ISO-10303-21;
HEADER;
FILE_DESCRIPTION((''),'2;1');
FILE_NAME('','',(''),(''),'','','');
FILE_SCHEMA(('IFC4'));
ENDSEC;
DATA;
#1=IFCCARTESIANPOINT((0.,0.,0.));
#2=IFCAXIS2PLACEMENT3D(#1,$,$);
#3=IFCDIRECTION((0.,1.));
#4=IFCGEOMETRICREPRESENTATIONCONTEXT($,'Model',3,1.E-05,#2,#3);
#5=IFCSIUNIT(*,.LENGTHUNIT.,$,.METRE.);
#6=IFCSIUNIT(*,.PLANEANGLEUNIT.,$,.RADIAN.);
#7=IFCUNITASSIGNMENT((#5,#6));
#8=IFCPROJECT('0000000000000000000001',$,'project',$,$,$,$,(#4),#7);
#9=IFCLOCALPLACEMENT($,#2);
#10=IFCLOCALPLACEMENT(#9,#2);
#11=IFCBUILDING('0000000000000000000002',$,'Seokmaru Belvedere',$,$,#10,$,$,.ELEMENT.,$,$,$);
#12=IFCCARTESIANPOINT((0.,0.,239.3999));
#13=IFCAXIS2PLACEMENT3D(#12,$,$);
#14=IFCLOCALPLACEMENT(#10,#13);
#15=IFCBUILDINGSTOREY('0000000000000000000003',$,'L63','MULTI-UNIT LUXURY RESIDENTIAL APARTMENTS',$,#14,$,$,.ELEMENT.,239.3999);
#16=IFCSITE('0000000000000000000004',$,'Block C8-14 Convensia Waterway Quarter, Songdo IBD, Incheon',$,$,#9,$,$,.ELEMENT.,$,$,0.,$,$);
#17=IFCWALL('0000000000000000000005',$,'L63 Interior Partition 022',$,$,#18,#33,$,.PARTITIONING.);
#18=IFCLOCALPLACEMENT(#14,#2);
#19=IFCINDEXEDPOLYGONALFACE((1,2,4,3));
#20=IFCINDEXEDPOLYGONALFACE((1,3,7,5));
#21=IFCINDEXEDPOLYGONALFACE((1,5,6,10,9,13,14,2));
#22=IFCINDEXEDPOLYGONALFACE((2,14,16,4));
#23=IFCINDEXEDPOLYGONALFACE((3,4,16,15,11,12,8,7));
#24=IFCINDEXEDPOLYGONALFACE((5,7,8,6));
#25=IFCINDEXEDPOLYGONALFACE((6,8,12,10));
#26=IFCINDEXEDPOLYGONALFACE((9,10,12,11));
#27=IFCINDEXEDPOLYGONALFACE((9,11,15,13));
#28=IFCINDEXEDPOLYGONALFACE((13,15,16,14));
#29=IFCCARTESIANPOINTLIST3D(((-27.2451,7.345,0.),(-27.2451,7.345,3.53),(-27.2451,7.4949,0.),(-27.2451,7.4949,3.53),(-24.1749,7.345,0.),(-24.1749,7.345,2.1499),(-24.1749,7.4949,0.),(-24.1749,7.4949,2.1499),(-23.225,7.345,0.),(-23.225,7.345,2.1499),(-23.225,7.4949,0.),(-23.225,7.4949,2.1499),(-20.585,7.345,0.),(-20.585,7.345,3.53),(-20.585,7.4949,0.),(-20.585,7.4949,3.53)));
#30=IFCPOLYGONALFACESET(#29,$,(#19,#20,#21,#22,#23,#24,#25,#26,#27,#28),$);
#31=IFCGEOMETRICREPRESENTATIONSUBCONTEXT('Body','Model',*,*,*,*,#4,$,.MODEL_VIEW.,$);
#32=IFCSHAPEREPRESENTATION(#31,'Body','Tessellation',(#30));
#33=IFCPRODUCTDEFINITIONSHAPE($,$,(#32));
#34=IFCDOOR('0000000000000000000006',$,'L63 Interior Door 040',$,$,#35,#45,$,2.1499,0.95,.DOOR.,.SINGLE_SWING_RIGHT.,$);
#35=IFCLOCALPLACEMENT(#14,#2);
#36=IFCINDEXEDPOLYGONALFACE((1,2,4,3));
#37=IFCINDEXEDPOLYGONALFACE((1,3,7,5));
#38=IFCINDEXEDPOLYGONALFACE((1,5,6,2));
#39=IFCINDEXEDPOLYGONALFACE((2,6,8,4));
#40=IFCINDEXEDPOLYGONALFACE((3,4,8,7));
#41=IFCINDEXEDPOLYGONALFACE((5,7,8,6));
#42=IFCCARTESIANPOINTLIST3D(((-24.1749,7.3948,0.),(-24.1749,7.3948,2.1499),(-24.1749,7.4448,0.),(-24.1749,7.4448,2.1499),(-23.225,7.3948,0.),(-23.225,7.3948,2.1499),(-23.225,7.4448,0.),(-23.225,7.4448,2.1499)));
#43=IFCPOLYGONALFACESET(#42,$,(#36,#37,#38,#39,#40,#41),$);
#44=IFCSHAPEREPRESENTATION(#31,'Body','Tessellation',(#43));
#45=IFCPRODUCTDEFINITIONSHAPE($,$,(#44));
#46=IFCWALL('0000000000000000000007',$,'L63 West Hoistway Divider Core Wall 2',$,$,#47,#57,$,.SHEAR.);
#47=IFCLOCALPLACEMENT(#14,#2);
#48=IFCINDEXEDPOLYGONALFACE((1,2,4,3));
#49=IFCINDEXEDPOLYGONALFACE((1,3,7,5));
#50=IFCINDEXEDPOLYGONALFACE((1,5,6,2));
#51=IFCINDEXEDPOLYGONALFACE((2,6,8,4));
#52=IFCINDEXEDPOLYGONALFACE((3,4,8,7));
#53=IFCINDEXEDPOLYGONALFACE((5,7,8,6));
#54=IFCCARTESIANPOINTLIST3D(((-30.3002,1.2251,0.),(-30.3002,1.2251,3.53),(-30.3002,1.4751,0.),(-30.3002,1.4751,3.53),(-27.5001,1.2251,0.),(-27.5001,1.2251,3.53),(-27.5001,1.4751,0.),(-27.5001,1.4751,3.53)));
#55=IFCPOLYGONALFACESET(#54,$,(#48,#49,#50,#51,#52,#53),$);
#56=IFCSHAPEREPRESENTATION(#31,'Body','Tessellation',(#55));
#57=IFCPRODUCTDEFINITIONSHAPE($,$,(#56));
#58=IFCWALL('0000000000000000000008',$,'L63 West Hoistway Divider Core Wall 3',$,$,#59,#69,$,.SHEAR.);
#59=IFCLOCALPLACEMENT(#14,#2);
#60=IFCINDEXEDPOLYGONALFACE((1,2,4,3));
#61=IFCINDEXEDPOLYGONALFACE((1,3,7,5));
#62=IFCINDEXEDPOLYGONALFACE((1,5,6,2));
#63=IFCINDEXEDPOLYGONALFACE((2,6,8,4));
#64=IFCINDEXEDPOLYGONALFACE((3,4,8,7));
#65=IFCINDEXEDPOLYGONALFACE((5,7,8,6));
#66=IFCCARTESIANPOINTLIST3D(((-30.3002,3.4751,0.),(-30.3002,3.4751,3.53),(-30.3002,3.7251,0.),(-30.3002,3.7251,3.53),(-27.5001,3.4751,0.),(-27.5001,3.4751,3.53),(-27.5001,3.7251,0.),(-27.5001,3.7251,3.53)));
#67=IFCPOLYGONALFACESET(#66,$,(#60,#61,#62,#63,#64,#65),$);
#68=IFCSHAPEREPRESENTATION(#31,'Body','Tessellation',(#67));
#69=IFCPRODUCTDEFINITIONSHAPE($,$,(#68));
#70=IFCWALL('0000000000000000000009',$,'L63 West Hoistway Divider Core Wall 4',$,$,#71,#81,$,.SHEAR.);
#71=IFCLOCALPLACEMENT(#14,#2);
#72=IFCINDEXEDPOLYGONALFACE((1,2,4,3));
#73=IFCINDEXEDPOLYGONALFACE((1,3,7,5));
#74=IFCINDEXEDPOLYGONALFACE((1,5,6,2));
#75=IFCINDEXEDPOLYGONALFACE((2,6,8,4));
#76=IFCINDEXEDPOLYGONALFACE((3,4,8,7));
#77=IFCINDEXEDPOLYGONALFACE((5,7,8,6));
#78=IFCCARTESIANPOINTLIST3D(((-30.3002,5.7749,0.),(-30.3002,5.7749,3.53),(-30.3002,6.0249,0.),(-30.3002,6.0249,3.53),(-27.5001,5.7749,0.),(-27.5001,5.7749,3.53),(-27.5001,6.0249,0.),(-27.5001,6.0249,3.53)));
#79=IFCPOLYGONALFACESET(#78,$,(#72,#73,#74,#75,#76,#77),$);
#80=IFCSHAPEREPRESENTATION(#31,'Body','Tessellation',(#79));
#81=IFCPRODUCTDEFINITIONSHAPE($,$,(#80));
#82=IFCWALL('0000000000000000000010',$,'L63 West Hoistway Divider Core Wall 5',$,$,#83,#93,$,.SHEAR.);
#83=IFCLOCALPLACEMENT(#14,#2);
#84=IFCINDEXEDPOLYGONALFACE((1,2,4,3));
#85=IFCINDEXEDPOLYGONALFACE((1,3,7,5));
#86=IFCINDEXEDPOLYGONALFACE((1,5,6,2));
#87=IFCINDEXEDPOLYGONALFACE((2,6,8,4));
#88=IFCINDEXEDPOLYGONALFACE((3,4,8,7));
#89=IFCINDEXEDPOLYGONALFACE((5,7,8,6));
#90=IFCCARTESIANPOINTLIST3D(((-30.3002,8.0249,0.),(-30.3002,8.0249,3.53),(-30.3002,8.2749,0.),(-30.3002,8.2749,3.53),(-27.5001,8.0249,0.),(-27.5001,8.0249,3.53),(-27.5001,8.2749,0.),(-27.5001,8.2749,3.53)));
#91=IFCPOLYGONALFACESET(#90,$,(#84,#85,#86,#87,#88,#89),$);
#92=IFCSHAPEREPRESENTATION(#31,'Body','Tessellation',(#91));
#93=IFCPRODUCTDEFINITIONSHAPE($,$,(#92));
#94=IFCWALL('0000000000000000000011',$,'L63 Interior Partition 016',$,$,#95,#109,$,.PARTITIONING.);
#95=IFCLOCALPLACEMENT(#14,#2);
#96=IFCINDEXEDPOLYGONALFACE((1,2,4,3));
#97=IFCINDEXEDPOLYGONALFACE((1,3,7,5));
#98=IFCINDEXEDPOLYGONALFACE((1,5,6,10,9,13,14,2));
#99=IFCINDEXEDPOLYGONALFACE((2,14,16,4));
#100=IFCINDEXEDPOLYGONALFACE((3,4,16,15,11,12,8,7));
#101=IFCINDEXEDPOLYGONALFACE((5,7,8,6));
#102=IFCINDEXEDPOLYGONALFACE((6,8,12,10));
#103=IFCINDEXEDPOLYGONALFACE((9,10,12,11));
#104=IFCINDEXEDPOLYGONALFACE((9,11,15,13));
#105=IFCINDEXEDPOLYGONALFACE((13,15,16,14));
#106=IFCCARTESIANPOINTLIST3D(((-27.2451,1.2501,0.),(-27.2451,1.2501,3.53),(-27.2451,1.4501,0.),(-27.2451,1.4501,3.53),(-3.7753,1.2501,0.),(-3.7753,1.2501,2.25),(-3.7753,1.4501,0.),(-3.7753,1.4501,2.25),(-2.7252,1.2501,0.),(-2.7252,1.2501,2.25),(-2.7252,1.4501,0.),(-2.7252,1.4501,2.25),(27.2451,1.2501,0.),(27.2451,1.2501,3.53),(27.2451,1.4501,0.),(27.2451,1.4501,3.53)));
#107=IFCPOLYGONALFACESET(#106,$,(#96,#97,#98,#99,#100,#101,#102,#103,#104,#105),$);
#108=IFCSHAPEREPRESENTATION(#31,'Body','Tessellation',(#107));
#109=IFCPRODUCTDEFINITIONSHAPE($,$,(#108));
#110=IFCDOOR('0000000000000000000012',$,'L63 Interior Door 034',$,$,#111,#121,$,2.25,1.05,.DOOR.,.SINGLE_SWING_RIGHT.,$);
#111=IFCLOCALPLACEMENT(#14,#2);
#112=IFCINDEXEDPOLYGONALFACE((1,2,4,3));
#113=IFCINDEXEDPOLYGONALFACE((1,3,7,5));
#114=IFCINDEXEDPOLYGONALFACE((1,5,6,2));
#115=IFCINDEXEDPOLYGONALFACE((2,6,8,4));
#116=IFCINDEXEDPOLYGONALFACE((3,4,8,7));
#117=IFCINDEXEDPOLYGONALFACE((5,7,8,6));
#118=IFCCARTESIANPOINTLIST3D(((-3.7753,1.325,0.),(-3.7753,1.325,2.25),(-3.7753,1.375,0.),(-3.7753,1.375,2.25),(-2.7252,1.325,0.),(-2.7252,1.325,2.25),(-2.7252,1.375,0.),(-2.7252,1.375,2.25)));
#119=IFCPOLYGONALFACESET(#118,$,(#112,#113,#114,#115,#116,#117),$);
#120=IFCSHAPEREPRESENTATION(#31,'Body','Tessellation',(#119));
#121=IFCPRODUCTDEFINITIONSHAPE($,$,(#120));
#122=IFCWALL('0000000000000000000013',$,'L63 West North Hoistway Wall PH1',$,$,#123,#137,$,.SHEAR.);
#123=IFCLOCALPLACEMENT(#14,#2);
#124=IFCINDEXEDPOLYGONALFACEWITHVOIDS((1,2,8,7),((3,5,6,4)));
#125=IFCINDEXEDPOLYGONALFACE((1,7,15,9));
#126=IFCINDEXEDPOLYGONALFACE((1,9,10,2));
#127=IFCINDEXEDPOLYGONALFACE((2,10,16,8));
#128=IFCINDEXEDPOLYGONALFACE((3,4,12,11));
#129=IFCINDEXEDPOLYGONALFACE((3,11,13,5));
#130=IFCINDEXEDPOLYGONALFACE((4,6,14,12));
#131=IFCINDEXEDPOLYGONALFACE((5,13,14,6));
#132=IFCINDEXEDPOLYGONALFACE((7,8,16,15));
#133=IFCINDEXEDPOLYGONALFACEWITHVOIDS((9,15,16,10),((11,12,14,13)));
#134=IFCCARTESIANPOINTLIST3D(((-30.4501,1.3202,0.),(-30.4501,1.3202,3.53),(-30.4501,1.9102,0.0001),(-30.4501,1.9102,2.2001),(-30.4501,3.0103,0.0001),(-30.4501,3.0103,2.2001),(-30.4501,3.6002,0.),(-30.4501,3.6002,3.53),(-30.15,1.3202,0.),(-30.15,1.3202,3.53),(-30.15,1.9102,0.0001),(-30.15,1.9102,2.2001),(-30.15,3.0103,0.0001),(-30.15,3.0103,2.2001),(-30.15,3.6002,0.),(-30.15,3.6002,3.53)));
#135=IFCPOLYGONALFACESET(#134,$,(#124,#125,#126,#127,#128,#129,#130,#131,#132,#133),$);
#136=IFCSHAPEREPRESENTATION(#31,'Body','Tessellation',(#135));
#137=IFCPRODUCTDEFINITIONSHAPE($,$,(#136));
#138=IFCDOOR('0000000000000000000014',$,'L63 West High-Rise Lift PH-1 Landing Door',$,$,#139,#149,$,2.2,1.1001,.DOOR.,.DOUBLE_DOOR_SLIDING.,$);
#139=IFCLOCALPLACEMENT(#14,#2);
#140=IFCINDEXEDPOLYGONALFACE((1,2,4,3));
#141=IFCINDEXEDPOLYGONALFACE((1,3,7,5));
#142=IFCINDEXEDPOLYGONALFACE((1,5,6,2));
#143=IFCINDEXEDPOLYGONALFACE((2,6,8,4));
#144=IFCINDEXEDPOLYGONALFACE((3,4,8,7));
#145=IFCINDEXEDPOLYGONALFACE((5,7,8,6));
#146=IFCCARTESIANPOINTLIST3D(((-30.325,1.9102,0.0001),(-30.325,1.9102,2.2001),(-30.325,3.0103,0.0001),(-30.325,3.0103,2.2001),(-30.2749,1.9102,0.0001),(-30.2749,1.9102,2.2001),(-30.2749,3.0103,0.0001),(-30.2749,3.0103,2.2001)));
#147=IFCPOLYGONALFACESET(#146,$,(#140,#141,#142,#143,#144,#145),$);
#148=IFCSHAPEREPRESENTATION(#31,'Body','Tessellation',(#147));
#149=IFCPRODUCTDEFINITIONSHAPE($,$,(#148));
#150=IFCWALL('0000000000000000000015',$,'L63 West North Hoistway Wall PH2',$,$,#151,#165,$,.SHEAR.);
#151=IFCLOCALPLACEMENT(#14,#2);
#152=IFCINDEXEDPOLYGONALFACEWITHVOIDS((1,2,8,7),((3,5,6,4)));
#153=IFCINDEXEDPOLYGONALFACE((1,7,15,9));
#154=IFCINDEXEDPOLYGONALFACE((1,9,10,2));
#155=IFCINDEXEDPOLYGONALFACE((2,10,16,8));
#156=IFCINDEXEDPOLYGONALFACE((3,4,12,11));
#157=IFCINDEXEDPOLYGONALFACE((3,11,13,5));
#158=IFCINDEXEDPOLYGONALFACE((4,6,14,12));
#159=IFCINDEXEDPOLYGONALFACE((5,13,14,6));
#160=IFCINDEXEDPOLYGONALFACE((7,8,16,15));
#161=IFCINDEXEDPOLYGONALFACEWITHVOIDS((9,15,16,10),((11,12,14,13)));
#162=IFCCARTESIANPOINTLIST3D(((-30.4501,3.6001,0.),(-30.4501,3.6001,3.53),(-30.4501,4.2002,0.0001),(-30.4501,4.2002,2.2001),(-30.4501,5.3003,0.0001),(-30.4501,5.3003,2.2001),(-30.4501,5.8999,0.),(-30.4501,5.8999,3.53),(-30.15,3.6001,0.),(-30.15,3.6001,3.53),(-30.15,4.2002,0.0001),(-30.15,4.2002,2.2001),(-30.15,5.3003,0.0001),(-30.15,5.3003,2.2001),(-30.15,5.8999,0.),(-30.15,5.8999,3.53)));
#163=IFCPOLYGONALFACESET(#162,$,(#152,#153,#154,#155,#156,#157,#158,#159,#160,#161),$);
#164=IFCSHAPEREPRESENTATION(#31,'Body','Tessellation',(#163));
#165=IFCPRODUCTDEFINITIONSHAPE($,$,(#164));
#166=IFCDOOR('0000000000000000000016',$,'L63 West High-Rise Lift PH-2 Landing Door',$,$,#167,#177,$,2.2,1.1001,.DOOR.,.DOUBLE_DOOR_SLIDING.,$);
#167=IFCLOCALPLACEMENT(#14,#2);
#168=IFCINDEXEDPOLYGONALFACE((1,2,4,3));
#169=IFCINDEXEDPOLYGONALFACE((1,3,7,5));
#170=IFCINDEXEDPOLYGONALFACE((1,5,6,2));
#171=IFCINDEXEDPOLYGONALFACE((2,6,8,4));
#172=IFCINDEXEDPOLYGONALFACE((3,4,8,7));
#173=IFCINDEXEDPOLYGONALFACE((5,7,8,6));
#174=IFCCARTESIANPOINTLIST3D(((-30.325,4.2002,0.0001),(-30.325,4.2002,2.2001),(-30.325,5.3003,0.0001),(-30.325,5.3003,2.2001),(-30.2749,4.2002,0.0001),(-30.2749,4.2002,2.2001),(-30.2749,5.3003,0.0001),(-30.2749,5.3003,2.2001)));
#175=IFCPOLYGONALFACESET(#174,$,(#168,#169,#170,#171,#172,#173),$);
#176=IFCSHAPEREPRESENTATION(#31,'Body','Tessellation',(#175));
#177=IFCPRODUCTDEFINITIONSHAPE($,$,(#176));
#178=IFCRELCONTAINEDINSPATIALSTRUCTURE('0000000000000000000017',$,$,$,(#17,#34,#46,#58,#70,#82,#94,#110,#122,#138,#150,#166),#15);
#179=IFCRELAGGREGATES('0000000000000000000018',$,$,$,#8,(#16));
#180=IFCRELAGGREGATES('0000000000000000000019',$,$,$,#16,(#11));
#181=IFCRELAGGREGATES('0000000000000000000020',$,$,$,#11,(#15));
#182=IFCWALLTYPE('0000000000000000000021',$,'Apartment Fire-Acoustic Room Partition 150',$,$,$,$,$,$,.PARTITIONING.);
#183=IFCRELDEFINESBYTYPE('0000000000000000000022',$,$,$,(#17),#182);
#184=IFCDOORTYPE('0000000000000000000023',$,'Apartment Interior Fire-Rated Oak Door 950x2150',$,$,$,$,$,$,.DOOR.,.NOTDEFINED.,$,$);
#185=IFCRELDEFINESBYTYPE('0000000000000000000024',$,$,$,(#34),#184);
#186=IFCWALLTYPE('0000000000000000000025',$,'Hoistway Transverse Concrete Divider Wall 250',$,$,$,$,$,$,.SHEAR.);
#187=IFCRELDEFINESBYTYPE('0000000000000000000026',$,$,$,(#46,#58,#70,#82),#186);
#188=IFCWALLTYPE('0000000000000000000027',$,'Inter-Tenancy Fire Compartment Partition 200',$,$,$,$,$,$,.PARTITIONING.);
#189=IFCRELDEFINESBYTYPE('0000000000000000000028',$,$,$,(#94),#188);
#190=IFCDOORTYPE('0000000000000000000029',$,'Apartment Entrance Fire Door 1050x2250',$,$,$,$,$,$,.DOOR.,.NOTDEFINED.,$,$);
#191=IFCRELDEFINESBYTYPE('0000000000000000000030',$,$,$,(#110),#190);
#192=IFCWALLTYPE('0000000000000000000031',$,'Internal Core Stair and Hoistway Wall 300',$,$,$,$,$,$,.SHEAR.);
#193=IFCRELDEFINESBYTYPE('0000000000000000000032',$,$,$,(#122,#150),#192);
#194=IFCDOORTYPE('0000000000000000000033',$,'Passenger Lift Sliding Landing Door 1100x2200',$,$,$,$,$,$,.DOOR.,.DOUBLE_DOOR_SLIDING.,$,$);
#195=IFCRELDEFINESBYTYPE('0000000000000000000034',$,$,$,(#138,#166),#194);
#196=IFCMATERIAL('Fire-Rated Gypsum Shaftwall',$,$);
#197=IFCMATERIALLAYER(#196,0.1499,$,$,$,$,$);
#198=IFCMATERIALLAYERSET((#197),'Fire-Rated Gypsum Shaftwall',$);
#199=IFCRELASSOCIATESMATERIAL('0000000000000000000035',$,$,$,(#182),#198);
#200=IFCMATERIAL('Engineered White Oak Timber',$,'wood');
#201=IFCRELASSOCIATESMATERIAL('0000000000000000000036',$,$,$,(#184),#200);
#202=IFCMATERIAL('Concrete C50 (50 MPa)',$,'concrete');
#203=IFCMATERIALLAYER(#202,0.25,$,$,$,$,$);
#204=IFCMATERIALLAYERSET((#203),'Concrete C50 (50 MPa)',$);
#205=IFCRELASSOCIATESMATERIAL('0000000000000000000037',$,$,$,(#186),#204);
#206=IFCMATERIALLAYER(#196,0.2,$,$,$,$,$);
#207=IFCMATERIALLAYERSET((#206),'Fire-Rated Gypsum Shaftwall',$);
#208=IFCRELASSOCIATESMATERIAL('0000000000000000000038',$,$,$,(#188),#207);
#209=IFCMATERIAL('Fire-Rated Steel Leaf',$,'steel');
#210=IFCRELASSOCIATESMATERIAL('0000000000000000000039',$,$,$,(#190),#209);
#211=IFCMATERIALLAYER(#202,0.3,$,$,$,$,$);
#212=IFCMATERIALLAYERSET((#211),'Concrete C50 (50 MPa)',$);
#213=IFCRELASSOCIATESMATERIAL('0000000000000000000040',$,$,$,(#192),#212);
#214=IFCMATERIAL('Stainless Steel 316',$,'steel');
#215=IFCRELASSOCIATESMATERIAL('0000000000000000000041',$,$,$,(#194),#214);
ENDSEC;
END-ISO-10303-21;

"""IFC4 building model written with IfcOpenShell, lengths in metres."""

from ifc_helpers import new_model, si_unit, direction, frame, frame_2d, origin, place, context, subcontext, project, spatial, rectangle, extrude, source, transform, mapped, material, layer, layer_set, type_object, type_shapes, element, fill, save


model = new_model("IFC4")

# Units and contexts
model_context = context("Model", 3, precision=1e-05, world=origin(), true_north=direction((0.0, 1.0)))
body_context = subcontext(model_context, "Body", "Model", "MODEL_VIEW")
ifc_project = project(units=[si_unit("LENGTHUNIT", "METRE"), si_unit("PLANEANGLEUNIT", "RADIAN")], contexts=[model_context])

# Site, building, storey
site_placement = place(None, origin())
site = spatial("IfcSite", under=ifc_project, at=site_placement, Name="Block C8-14 Convensia Waterway Quarter, Songdo IBD, Incheon", CompositionType="ELEMENT", RefElevation=0.0)
building_placement = place(site_placement, origin())
building = spatial("IfcBuilding", under=site, at=building_placement, Name="Seokmaru Belvedere", CompositionType="ELEMENT")
storey_placement = place(building_placement, frame((0.0, 0.0, 239.3999)))
storey = spatial("IfcBuildingStorey", under=building, at=storey_placement, Name="L63", Description="MULTI-UNIT LUXURY RESIDENTIAL APARTMENTS", CompositionType="ELEMENT", Elevation=239.3999)

# Wall, opening, door
ifc_material_1 = material(Name="Fire-Rated Gypsum Shaftwall")
ifc_layer_1 = layer(ifc_material_1, 0.1499)
ifc_layer_set_1 = layer_set([ifc_layer_1], Name="Fire-Rated Gypsum Shaftwall")
wall_type_1 = type_object("IfcWallType", Name="Apartment Fire-Acoustic Room Partition 150", PredefinedType="PARTITIONING", material=ifc_layer_set_1)
wall_1_placement = place(storey_placement, frame((-27.2451, 7.4199, 0.0), z_axis=(0.0, 0.0, 1.0), x_axis=(1.0, 0.0, 0.0)))
wall_1 = element("IfcWall", 1, at=wall_1_placement, inside=storey, type_object=wall_type_1, Name="L63 Interior Partition 022", PredefinedType="PARTITIONING", context=body_context, shape_type="SweptSolid", body=[
    extrude(rectangle(XDim=6.6602, YDim=0.1499, at=frame_2d((3.3301, 0.0))), origin(), (0.0, 0.0, 1.0), 3.53),
])
opening_1_placement = place(wall_1_placement, frame((3.0701, 0.0, 0.0)))
opening_1 = element("IfcOpeningElement", 2, at=opening_1_placement, cuts=wall_1, PredefinedType="OPENING", context=body_context, shape_type="SweptSolid", body=[
    extrude(rectangle(XDim=0.95, YDim=2.1499, at=frame_2d((0.4751, 1.075))), frame((0.0, 0.085, 0.0), z_axis=(0.0, -1.0, 0.0), x_axis=(1.0, 0.0, 0.0)), (0.0, 0.0, 1.0), 0.1699),
])
ifc_material_2 = material(Name="Engineered White Oak Timber", Category="wood")
door_type_1 = type_object("IfcDoorType", Name="Apartment Interior Fire-Rated Oak Door 950x2150", OperationType="NOTDEFINED", PredefinedType="DOOR", material=ifc_material_2)
shared_shape_1 = source(origin(), body_context, "Body", "SweptSolid", [
    extrude(rectangle(XDim=0.95, YDim=2.1499, at=frame_2d((0.4751, 1.075))), frame((0.0, 0.0249, 0.0), z_axis=(0.0, -1.0, 0.0), x_axis=(1.0, 0.0, 0.0)), (0.0, 0.0, 1.0), 0.05),
])
type_shapes(door_type_1, [shared_shape_1])
door_1_placement = place(opening_1_placement, origin())
door_1 = element("IfcDoor", 3, at=door_1_placement, inside=storey, type_object=door_type_1, Name="L63 Interior Door 040", OperationType="SINGLE_SWING_RIGHT", OverallHeight=2.1499, OverallWidth=0.95, PredefinedType="DOOR", context=body_context, shape_type="MappedRepresentation", body=[
    mapped(shared_shape_1, transform((0.0, 0.0, 0.0), scale=1.0)),
])
fill(opening_1, door_1)

# Walls
ifc_material_3 = material(Name="Concrete C50 (50 MPa)", Category="concrete")
ifc_layer_2 = layer(ifc_material_3, 0.25)
ifc_layer_set_2 = layer_set([ifc_layer_2], Name="Concrete C50 (50 MPa)")
wall_type_2 = type_object("IfcWallType", Name="Hoistway Transverse Concrete Divider Wall 250", PredefinedType="SHEAR", material=ifc_layer_set_2)
for number, where, z_axis, x_axis, name in (
    (4, (-30.3, 1.3501, 0.0), (0.0, 0.0, 1.0), (1.0, 0.0, 0.0), "L63 West Hoistway Divider Core Wall 2"),
    (5, (-30.3, 3.6001, 0.0), (0.0, 0.0, 1.0), (1.0, 0.0, 0.0), "L63 West Hoistway Divider Core Wall 3"),
    (6, (-30.3, 5.8999, 0.0), (0.0, 0.0, 1.0), (1.0, 0.0, 0.0), "L63 West Hoistway Divider Core Wall 4"),
    (7, (-30.3, 8.1499, 0.0), (0.0, 0.0, 1.0), (1.0, 0.0, 0.0), "L63 West Hoistway Divider Core Wall 5"),
):
    element("IfcWall", number, at=place(storey_placement, frame(where, z_axis=z_axis, x_axis=x_axis)), inside=storey, type_object=wall_type_2, Name=name, PredefinedType="SHEAR", context=body_context, shape_type="SweptSolid", body=[
        extrude(rectangle(XDim=2.8, YDim=0.25, at=frame_2d((1.3999, 0.0))), origin(), (0.0, 0.0, 1.0), 3.53),
    ])

# Walls, openings, doors
ifc_layer_3 = layer(ifc_material_1, 0.2)
ifc_layer_set_3 = layer_set([ifc_layer_3], Name="Fire-Rated Gypsum Shaftwall")
wall_type_3 = type_object("IfcWallType", Name="Inter-Tenancy Fire Compartment Partition 200", PredefinedType="PARTITIONING", material=ifc_layer_set_3)
wall_2_placement = place(storey_placement, frame((-27.2451, 1.3501, 0.0), z_axis=(0.0, 0.0, 1.0), x_axis=(1.0, 0.0, 0.0)))
wall_2 = element("IfcWall", 8, at=wall_2_placement, inside=storey, type_object=wall_type_3, Name="L63 Interior Partition 016", PredefinedType="PARTITIONING", context=body_context, shape_type="SweptSolid", body=[
    extrude(rectangle(XDim=54.4902, YDim=0.2, at=frame_2d((27.2451, 0.0))), origin(), (0.0, 0.0, 1.0), 3.53),
])
opening_2_placement = place(wall_2_placement, frame((23.47, 0.0, 0.0)))
opening_2 = element("IfcOpeningElement", 9, at=opening_2_placement, cuts=wall_2, PredefinedType="OPENING", context=body_context, shape_type="SweptSolid", body=[
    extrude(rectangle(XDim=1.05, YDim=2.25, at=frame_2d((0.5249, 1.125))), frame((0.0, 0.1099, 0.0), z_axis=(0.0, -1.0, 0.0), x_axis=(1.0, 0.0, 0.0)), (0.0, 0.0, 1.0), 0.22),
])
ifc_material_4 = material(Name="Fire-Rated Steel Leaf", Category="steel")
door_type_2 = type_object("IfcDoorType", Name="Apartment Entrance Fire Door 1050x2250", OperationType="NOTDEFINED", PredefinedType="DOOR", material=ifc_material_4)
shared_shape_2 = source(origin(), body_context, "Body", "SweptSolid", [
    extrude(rectangle(XDim=1.05, YDim=2.25, at=frame_2d((0.5249, 1.125))), frame((0.0, 0.0249, 0.0), z_axis=(0.0, -1.0, 0.0), x_axis=(1.0, 0.0, 0.0)), (0.0, 0.0, 1.0), 0.05),
])
type_shapes(door_type_2, [shared_shape_2])
door_2_placement = place(opening_2_placement, origin())
door_2 = element("IfcDoor", 10, at=door_2_placement, inside=storey, type_object=door_type_2, Name="L63 Interior Door 034", OperationType="SINGLE_SWING_RIGHT", OverallHeight=2.25, OverallWidth=1.05, PredefinedType="DOOR", context=body_context, shape_type="MappedRepresentation", body=[
    mapped(shared_shape_2, transform((0.0, 0.0, 0.0), scale=1.0)),
])
fill(opening_2, door_2)
ifc_layer_4 = layer(ifc_material_3, 0.3)
ifc_layer_set_4 = layer_set([ifc_layer_4], Name="Concrete C50 (50 MPa)")
wall_type_4 = type_object("IfcWallType", Name="Internal Core Stair and Hoistway Wall 300", PredefinedType="SHEAR", material=ifc_layer_set_4)
wall_3_placement = place(storey_placement, frame((-30.3, 1.3201, 0.0), z_axis=(0.0, 0.0, 1.0), x_axis=(0.0, 1.0, 0.0)))
wall_3 = element("IfcWall", 11, at=wall_3_placement, inside=storey, type_object=wall_type_4, Name="L63 West North Hoistway Wall PH1", PredefinedType="SHEAR", context=body_context, shape_type="SweptSolid", body=[
    extrude(rectangle(XDim=2.28, YDim=0.3, at=frame_2d((1.1401, 0.0))), origin(), (0.0, 0.0, 1.0), 3.53),
])
opening_3_placement = place(wall_3_placement, frame((0.5901, 0.0, 0.0)))
opening_3 = element("IfcOpeningElement", 12, at=opening_3_placement, cuts=wall_3, PredefinedType="OPENING", context=body_context, shape_type="SweptSolid", body=[
    extrude(rectangle(XDim=1.1001, YDim=2.2, at=frame_2d((0.55, 1.1001))), frame((0.0, 0.1602, 0.0), z_axis=(0.0, -1.0, 0.0), x_axis=(1.0, 0.0, 0.0)), (0.0, 0.0, 1.0), 0.3201),
])
ifc_material_5 = material(Name="Stainless Steel 316", Category="steel")
door_type_3 = type_object("IfcDoorType", Name="Passenger Lift Sliding Landing Door 1100x2200", OperationType="DOUBLE_DOOR_SLIDING", PredefinedType="DOOR", material=ifc_material_5)
shared_shape_3 = source(origin(), body_context, "Body", "SweptSolid", [
    extrude(rectangle(XDim=1.1001, YDim=2.2, at=frame_2d((0.55, 1.1001))), frame((0.0, 0.0249, 0.0), z_axis=(0.0, -1.0, 0.0), x_axis=(1.0, 0.0, 0.0)), (0.0, 0.0, 1.0), 0.05),
])
type_shapes(door_type_3, [shared_shape_3])
door_3_placement = place(opening_3_placement, origin())
door_3 = element("IfcDoor", 13, at=door_3_placement, inside=storey, type_object=door_type_3, Name="L63 West High-Rise Lift PH-1 Landing Door", OperationType="DOUBLE_DOOR_SLIDING", OverallHeight=2.2, OverallWidth=1.1001, PredefinedType="DOOR", context=body_context, shape_type="MappedRepresentation", body=[
    mapped(shared_shape_3, transform((0.0, 0.0, 0.0), scale=1.0)),
])
fill(opening_3, door_3)
wall_4_placement = place(storey_placement, frame((-30.3, 3.6001, 0.0), z_axis=(0.0, 0.0, 1.0), x_axis=(0.0, 1.0, 0.0)))
wall_4 = element("IfcWall", 14, at=wall_4_placement, inside=storey, type_object=wall_type_4, Name="L63 West North Hoistway Wall PH2", PredefinedType="SHEAR", context=body_context, shape_type="SweptSolid", body=[
    extrude(rectangle(XDim=2.2998, YDim=0.3, at=frame_2d((1.1499, 0.0))), origin(), (0.0, 0.0, 1.0), 3.53),
])
opening_4_placement = place(wall_4_placement, frame((0.6001, 0.0, 0.0)))
opening_4 = element("IfcOpeningElement", 15, at=opening_4_placement, cuts=wall_4, PredefinedType="OPENING", context=body_context, shape_type="SweptSolid", body=[
    extrude(rectangle(XDim=1.1001, YDim=2.2, at=frame_2d((0.55, 1.1001))), frame((0.0, 0.1602, 0.0), z_axis=(0.0, -1.0, 0.0), x_axis=(1.0, 0.0, 0.0)), (0.0, 0.0, 1.0), 0.3201),
])
door_4_placement = place(opening_4_placement, origin())
door_4 = element("IfcDoor", 16, at=door_4_placement, inside=storey, type_object=door_type_3, Name="L63 West High-Rise Lift PH-2 Landing Door", OperationType="DOUBLE_DOOR_SLIDING", OverallHeight=2.2, OverallWidth=1.1001, PredefinedType="DOOR", context=body_context, shape_type="MappedRepresentation", body=[
    mapped(shared_shape_3, transform((0.0, 0.0, 0.0), scale=1.0)),
])
fill(opening_4, door_4)

save(model, "model.ifc")
